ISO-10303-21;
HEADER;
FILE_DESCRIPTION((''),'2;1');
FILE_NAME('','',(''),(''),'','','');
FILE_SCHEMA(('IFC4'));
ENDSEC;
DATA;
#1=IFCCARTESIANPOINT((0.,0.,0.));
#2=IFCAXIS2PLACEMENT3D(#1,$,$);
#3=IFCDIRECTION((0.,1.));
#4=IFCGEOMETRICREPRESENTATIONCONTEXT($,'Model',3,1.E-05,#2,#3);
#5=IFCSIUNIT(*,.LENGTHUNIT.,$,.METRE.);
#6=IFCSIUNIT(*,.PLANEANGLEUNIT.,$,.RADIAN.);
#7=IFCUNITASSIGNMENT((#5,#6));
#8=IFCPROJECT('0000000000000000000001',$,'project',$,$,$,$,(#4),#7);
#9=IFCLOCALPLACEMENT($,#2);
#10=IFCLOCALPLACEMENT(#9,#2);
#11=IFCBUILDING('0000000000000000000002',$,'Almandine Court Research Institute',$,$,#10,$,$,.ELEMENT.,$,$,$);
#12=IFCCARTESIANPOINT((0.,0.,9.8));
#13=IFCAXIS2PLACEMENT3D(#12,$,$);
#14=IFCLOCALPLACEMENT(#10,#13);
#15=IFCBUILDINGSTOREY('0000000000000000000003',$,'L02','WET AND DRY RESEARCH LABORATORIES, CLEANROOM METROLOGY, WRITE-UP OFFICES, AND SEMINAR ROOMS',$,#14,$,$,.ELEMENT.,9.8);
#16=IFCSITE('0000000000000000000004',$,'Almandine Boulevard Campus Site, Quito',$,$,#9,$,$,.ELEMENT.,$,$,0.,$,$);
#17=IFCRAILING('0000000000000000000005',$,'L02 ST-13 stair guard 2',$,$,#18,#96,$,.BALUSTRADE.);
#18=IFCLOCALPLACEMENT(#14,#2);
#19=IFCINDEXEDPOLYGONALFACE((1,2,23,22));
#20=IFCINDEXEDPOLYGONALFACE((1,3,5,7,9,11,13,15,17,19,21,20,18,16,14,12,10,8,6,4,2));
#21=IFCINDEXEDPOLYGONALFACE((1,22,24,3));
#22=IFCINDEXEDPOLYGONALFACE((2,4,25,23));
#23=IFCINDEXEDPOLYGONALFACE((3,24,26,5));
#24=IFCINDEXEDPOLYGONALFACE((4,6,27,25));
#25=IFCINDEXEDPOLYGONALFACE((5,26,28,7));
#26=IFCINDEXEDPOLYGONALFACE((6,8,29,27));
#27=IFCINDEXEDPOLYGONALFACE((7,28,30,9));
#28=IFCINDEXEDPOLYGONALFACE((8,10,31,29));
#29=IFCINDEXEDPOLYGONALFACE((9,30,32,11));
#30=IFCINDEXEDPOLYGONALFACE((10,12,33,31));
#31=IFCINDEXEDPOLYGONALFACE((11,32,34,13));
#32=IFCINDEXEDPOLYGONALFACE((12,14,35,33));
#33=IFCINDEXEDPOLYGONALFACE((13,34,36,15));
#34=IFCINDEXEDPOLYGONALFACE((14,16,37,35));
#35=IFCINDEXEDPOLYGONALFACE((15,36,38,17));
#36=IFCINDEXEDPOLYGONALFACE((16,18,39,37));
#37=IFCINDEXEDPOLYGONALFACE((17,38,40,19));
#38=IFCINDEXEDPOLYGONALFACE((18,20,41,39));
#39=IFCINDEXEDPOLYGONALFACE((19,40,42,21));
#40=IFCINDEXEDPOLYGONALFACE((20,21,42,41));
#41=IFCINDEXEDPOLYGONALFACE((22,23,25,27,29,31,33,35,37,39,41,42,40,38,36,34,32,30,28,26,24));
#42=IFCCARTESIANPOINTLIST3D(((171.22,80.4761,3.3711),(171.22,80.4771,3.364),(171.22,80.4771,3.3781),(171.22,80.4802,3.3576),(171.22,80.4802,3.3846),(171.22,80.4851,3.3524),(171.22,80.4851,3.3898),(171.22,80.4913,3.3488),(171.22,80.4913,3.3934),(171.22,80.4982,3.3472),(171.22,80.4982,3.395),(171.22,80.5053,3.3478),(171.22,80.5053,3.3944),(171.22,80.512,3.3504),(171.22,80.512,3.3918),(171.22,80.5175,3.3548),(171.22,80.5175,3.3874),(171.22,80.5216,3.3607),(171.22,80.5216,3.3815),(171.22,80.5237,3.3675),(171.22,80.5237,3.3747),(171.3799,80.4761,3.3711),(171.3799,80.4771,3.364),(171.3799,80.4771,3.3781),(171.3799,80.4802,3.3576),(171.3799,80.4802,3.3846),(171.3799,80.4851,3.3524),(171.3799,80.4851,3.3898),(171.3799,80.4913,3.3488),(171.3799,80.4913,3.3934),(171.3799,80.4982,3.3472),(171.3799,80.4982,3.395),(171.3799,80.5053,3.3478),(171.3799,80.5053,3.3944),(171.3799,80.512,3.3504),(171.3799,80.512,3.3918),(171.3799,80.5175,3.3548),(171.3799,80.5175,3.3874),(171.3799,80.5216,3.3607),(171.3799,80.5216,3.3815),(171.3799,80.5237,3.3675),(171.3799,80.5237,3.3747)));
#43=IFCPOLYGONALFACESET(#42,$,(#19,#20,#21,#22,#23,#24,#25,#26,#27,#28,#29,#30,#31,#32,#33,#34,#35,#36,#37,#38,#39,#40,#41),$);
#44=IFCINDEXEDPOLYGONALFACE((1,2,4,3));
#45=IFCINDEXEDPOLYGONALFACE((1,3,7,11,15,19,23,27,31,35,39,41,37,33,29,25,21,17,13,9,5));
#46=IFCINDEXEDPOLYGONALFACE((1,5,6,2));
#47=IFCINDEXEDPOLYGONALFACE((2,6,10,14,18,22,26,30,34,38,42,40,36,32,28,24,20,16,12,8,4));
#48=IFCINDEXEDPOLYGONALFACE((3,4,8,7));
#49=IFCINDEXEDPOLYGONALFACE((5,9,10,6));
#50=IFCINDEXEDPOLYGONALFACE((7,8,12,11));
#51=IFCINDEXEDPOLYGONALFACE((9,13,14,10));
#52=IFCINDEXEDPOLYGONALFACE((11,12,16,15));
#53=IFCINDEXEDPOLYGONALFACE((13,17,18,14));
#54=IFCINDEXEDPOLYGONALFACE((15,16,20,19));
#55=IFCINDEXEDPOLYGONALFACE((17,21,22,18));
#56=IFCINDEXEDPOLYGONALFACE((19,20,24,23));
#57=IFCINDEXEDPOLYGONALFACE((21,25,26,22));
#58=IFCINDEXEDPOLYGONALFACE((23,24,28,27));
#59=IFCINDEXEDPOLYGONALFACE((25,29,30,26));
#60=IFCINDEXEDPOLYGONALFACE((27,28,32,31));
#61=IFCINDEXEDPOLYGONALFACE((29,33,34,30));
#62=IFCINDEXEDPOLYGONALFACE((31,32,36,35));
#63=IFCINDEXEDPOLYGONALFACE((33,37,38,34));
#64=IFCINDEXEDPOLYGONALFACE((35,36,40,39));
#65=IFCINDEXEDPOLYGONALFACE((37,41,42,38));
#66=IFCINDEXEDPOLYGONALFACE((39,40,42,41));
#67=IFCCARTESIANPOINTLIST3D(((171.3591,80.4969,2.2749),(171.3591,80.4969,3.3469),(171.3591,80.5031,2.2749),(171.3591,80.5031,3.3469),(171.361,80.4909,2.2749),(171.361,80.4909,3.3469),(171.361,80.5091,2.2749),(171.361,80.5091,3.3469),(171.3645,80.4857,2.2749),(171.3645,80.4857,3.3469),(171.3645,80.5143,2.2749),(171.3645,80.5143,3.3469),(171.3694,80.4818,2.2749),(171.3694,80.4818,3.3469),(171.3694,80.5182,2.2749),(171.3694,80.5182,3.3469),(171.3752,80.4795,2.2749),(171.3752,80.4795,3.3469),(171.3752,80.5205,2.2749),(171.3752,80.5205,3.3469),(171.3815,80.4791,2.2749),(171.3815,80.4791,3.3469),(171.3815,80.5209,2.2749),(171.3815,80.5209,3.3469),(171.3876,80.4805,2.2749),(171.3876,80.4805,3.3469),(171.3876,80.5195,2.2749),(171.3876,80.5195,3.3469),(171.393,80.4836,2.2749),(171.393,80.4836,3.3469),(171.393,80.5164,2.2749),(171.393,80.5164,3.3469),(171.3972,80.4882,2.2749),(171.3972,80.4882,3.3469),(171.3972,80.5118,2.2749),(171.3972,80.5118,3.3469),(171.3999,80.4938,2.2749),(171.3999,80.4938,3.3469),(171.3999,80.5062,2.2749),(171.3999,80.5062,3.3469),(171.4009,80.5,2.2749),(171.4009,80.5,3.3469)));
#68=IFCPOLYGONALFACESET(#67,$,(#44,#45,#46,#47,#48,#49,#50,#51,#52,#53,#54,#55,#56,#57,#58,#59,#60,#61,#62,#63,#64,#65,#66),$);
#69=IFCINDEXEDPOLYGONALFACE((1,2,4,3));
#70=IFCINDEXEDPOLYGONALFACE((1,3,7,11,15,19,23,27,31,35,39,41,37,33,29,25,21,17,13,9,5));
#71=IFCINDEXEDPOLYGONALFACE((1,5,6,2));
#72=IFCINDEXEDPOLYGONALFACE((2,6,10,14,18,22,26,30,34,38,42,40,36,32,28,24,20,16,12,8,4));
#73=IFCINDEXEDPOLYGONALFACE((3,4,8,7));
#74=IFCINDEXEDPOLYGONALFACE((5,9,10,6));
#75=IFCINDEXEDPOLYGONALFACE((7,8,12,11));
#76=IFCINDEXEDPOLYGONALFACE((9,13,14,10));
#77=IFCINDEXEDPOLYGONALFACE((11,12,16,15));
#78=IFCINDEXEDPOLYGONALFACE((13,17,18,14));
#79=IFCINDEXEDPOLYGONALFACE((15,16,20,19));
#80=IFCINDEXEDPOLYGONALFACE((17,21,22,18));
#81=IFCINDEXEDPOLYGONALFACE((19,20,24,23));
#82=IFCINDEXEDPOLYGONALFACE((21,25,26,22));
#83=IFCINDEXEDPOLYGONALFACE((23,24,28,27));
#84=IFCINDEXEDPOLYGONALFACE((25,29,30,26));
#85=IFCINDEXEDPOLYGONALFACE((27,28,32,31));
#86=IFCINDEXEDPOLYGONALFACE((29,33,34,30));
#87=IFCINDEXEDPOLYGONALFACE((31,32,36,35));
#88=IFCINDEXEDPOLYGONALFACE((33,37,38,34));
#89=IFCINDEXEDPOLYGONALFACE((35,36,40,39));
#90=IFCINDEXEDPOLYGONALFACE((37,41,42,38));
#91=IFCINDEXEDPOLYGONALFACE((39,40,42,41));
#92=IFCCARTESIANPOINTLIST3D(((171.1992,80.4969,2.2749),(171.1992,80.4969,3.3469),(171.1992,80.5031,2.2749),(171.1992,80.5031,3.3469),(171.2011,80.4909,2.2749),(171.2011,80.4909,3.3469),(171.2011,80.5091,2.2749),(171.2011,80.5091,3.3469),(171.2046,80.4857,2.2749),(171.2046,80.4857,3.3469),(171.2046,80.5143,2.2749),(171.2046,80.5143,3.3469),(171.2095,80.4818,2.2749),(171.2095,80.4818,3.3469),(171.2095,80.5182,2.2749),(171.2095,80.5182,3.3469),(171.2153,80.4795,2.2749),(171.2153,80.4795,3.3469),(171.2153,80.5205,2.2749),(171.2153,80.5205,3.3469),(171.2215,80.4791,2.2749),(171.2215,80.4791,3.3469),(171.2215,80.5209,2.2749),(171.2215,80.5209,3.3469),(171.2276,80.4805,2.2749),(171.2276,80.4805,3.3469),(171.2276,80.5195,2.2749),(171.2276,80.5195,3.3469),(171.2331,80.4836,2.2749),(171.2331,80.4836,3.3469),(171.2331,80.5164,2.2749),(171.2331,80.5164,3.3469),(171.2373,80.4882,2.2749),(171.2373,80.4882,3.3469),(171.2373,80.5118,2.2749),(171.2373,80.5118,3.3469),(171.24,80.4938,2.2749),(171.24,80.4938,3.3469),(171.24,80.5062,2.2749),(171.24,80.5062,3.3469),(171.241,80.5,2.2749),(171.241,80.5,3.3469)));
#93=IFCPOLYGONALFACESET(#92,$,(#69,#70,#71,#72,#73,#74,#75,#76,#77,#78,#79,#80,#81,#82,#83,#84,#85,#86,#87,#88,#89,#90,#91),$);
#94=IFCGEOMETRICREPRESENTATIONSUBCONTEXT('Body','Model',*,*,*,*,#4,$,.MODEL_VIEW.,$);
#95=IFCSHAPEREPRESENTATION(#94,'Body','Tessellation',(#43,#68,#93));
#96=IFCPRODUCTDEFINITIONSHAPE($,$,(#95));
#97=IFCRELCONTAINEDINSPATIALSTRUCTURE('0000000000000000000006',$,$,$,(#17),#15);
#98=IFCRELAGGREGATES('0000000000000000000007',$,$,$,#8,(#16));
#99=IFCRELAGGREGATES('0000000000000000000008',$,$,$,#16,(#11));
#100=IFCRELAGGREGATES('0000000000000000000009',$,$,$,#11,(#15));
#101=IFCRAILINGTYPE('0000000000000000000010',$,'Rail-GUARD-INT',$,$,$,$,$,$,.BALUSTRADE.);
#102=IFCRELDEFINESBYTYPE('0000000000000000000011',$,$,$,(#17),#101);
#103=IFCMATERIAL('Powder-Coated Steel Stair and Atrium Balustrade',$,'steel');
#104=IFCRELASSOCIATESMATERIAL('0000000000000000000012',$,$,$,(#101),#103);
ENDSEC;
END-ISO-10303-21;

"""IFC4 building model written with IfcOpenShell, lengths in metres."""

from ifc_helpers import new_model, si_unit, direction, frame, origin, origin_2d, place, context, subcontext, project, spatial, circle, extrude, material, type_object, element, save


model = new_model("IFC4")

# Units and contexts
model_context = context("Model", 3, precision=1e-05, world=origin(), true_north=direction((0.0, 1.0)))
body_context = subcontext(model_context, "Body", "Model", "MODEL_VIEW")
ifc_project = project(units=[si_unit("LENGTHUNIT", "METRE"), si_unit("PLANEANGLEUNIT", "RADIAN")], contexts=[model_context])

# Site, building, storey
site_placement = place(None, origin())
site = spatial("IfcSite", under=ifc_project, at=site_placement, Name="Almandine Boulevard Campus Site, Quito", CompositionType="ELEMENT", RefElevation=0.0)
building_placement = place(site_placement, origin())
building = spatial("IfcBuilding", under=site, at=building_placement, Name="Almandine Court Research Institute", CompositionType="ELEMENT")
storey_placement = place(building_placement, frame((0.0, 0.0, 9.8)))
storey = spatial("IfcBuildingStorey", under=building, at=storey_placement, Name="L02", Description="WET AND DRY RESEARCH LABORATORIES, CLEANROOM METROLOGY, WRITE-UP OFFICES, AND SEMINAR ROOMS", CompositionType="ELEMENT", Elevation=9.8)

# Railing
ifc_material_1 = material(Name="Powder-Coated Steel Stair and Atrium Balustrade", Category="steel")
railing_type_1 = type_object("IfcRailingType", Name="Rail-GUARD-INT", PredefinedType="BALUSTRADE", material=ifc_material_1)
railing_1_placement = place(storey_placement, frame((171.3799, 80.5, 2.2749)))
element("IfcRailing", 1, at=railing_1_placement, inside=storey, type_object=railing_type_1, Name="L02 ST-13 stair guard 2", PredefinedType="BALUSTRADE", context=body_context, shape_type="SweptSolid", body=[
    extrude(circle(Radius=0.0239, at=origin_2d()), frame((0.0, 0.0, 1.0962), z_axis=(-1.0, 0.0, 0.0), x_axis=(0.0, -1.0, 0.0)), (0.0, 0.0, 1.0), 0.1599),
    extrude(circle(Radius=0.021, at=origin_2d()), origin(), (0.0, 0.0, 1.0), 1.072),
    extrude(circle(Radius=0.021, at=origin_2d()), frame((-0.1599, 0.0, 0.0)), (0.0, 0.0, 1.0), 1.072),
])

save(model, "model.ifc")
